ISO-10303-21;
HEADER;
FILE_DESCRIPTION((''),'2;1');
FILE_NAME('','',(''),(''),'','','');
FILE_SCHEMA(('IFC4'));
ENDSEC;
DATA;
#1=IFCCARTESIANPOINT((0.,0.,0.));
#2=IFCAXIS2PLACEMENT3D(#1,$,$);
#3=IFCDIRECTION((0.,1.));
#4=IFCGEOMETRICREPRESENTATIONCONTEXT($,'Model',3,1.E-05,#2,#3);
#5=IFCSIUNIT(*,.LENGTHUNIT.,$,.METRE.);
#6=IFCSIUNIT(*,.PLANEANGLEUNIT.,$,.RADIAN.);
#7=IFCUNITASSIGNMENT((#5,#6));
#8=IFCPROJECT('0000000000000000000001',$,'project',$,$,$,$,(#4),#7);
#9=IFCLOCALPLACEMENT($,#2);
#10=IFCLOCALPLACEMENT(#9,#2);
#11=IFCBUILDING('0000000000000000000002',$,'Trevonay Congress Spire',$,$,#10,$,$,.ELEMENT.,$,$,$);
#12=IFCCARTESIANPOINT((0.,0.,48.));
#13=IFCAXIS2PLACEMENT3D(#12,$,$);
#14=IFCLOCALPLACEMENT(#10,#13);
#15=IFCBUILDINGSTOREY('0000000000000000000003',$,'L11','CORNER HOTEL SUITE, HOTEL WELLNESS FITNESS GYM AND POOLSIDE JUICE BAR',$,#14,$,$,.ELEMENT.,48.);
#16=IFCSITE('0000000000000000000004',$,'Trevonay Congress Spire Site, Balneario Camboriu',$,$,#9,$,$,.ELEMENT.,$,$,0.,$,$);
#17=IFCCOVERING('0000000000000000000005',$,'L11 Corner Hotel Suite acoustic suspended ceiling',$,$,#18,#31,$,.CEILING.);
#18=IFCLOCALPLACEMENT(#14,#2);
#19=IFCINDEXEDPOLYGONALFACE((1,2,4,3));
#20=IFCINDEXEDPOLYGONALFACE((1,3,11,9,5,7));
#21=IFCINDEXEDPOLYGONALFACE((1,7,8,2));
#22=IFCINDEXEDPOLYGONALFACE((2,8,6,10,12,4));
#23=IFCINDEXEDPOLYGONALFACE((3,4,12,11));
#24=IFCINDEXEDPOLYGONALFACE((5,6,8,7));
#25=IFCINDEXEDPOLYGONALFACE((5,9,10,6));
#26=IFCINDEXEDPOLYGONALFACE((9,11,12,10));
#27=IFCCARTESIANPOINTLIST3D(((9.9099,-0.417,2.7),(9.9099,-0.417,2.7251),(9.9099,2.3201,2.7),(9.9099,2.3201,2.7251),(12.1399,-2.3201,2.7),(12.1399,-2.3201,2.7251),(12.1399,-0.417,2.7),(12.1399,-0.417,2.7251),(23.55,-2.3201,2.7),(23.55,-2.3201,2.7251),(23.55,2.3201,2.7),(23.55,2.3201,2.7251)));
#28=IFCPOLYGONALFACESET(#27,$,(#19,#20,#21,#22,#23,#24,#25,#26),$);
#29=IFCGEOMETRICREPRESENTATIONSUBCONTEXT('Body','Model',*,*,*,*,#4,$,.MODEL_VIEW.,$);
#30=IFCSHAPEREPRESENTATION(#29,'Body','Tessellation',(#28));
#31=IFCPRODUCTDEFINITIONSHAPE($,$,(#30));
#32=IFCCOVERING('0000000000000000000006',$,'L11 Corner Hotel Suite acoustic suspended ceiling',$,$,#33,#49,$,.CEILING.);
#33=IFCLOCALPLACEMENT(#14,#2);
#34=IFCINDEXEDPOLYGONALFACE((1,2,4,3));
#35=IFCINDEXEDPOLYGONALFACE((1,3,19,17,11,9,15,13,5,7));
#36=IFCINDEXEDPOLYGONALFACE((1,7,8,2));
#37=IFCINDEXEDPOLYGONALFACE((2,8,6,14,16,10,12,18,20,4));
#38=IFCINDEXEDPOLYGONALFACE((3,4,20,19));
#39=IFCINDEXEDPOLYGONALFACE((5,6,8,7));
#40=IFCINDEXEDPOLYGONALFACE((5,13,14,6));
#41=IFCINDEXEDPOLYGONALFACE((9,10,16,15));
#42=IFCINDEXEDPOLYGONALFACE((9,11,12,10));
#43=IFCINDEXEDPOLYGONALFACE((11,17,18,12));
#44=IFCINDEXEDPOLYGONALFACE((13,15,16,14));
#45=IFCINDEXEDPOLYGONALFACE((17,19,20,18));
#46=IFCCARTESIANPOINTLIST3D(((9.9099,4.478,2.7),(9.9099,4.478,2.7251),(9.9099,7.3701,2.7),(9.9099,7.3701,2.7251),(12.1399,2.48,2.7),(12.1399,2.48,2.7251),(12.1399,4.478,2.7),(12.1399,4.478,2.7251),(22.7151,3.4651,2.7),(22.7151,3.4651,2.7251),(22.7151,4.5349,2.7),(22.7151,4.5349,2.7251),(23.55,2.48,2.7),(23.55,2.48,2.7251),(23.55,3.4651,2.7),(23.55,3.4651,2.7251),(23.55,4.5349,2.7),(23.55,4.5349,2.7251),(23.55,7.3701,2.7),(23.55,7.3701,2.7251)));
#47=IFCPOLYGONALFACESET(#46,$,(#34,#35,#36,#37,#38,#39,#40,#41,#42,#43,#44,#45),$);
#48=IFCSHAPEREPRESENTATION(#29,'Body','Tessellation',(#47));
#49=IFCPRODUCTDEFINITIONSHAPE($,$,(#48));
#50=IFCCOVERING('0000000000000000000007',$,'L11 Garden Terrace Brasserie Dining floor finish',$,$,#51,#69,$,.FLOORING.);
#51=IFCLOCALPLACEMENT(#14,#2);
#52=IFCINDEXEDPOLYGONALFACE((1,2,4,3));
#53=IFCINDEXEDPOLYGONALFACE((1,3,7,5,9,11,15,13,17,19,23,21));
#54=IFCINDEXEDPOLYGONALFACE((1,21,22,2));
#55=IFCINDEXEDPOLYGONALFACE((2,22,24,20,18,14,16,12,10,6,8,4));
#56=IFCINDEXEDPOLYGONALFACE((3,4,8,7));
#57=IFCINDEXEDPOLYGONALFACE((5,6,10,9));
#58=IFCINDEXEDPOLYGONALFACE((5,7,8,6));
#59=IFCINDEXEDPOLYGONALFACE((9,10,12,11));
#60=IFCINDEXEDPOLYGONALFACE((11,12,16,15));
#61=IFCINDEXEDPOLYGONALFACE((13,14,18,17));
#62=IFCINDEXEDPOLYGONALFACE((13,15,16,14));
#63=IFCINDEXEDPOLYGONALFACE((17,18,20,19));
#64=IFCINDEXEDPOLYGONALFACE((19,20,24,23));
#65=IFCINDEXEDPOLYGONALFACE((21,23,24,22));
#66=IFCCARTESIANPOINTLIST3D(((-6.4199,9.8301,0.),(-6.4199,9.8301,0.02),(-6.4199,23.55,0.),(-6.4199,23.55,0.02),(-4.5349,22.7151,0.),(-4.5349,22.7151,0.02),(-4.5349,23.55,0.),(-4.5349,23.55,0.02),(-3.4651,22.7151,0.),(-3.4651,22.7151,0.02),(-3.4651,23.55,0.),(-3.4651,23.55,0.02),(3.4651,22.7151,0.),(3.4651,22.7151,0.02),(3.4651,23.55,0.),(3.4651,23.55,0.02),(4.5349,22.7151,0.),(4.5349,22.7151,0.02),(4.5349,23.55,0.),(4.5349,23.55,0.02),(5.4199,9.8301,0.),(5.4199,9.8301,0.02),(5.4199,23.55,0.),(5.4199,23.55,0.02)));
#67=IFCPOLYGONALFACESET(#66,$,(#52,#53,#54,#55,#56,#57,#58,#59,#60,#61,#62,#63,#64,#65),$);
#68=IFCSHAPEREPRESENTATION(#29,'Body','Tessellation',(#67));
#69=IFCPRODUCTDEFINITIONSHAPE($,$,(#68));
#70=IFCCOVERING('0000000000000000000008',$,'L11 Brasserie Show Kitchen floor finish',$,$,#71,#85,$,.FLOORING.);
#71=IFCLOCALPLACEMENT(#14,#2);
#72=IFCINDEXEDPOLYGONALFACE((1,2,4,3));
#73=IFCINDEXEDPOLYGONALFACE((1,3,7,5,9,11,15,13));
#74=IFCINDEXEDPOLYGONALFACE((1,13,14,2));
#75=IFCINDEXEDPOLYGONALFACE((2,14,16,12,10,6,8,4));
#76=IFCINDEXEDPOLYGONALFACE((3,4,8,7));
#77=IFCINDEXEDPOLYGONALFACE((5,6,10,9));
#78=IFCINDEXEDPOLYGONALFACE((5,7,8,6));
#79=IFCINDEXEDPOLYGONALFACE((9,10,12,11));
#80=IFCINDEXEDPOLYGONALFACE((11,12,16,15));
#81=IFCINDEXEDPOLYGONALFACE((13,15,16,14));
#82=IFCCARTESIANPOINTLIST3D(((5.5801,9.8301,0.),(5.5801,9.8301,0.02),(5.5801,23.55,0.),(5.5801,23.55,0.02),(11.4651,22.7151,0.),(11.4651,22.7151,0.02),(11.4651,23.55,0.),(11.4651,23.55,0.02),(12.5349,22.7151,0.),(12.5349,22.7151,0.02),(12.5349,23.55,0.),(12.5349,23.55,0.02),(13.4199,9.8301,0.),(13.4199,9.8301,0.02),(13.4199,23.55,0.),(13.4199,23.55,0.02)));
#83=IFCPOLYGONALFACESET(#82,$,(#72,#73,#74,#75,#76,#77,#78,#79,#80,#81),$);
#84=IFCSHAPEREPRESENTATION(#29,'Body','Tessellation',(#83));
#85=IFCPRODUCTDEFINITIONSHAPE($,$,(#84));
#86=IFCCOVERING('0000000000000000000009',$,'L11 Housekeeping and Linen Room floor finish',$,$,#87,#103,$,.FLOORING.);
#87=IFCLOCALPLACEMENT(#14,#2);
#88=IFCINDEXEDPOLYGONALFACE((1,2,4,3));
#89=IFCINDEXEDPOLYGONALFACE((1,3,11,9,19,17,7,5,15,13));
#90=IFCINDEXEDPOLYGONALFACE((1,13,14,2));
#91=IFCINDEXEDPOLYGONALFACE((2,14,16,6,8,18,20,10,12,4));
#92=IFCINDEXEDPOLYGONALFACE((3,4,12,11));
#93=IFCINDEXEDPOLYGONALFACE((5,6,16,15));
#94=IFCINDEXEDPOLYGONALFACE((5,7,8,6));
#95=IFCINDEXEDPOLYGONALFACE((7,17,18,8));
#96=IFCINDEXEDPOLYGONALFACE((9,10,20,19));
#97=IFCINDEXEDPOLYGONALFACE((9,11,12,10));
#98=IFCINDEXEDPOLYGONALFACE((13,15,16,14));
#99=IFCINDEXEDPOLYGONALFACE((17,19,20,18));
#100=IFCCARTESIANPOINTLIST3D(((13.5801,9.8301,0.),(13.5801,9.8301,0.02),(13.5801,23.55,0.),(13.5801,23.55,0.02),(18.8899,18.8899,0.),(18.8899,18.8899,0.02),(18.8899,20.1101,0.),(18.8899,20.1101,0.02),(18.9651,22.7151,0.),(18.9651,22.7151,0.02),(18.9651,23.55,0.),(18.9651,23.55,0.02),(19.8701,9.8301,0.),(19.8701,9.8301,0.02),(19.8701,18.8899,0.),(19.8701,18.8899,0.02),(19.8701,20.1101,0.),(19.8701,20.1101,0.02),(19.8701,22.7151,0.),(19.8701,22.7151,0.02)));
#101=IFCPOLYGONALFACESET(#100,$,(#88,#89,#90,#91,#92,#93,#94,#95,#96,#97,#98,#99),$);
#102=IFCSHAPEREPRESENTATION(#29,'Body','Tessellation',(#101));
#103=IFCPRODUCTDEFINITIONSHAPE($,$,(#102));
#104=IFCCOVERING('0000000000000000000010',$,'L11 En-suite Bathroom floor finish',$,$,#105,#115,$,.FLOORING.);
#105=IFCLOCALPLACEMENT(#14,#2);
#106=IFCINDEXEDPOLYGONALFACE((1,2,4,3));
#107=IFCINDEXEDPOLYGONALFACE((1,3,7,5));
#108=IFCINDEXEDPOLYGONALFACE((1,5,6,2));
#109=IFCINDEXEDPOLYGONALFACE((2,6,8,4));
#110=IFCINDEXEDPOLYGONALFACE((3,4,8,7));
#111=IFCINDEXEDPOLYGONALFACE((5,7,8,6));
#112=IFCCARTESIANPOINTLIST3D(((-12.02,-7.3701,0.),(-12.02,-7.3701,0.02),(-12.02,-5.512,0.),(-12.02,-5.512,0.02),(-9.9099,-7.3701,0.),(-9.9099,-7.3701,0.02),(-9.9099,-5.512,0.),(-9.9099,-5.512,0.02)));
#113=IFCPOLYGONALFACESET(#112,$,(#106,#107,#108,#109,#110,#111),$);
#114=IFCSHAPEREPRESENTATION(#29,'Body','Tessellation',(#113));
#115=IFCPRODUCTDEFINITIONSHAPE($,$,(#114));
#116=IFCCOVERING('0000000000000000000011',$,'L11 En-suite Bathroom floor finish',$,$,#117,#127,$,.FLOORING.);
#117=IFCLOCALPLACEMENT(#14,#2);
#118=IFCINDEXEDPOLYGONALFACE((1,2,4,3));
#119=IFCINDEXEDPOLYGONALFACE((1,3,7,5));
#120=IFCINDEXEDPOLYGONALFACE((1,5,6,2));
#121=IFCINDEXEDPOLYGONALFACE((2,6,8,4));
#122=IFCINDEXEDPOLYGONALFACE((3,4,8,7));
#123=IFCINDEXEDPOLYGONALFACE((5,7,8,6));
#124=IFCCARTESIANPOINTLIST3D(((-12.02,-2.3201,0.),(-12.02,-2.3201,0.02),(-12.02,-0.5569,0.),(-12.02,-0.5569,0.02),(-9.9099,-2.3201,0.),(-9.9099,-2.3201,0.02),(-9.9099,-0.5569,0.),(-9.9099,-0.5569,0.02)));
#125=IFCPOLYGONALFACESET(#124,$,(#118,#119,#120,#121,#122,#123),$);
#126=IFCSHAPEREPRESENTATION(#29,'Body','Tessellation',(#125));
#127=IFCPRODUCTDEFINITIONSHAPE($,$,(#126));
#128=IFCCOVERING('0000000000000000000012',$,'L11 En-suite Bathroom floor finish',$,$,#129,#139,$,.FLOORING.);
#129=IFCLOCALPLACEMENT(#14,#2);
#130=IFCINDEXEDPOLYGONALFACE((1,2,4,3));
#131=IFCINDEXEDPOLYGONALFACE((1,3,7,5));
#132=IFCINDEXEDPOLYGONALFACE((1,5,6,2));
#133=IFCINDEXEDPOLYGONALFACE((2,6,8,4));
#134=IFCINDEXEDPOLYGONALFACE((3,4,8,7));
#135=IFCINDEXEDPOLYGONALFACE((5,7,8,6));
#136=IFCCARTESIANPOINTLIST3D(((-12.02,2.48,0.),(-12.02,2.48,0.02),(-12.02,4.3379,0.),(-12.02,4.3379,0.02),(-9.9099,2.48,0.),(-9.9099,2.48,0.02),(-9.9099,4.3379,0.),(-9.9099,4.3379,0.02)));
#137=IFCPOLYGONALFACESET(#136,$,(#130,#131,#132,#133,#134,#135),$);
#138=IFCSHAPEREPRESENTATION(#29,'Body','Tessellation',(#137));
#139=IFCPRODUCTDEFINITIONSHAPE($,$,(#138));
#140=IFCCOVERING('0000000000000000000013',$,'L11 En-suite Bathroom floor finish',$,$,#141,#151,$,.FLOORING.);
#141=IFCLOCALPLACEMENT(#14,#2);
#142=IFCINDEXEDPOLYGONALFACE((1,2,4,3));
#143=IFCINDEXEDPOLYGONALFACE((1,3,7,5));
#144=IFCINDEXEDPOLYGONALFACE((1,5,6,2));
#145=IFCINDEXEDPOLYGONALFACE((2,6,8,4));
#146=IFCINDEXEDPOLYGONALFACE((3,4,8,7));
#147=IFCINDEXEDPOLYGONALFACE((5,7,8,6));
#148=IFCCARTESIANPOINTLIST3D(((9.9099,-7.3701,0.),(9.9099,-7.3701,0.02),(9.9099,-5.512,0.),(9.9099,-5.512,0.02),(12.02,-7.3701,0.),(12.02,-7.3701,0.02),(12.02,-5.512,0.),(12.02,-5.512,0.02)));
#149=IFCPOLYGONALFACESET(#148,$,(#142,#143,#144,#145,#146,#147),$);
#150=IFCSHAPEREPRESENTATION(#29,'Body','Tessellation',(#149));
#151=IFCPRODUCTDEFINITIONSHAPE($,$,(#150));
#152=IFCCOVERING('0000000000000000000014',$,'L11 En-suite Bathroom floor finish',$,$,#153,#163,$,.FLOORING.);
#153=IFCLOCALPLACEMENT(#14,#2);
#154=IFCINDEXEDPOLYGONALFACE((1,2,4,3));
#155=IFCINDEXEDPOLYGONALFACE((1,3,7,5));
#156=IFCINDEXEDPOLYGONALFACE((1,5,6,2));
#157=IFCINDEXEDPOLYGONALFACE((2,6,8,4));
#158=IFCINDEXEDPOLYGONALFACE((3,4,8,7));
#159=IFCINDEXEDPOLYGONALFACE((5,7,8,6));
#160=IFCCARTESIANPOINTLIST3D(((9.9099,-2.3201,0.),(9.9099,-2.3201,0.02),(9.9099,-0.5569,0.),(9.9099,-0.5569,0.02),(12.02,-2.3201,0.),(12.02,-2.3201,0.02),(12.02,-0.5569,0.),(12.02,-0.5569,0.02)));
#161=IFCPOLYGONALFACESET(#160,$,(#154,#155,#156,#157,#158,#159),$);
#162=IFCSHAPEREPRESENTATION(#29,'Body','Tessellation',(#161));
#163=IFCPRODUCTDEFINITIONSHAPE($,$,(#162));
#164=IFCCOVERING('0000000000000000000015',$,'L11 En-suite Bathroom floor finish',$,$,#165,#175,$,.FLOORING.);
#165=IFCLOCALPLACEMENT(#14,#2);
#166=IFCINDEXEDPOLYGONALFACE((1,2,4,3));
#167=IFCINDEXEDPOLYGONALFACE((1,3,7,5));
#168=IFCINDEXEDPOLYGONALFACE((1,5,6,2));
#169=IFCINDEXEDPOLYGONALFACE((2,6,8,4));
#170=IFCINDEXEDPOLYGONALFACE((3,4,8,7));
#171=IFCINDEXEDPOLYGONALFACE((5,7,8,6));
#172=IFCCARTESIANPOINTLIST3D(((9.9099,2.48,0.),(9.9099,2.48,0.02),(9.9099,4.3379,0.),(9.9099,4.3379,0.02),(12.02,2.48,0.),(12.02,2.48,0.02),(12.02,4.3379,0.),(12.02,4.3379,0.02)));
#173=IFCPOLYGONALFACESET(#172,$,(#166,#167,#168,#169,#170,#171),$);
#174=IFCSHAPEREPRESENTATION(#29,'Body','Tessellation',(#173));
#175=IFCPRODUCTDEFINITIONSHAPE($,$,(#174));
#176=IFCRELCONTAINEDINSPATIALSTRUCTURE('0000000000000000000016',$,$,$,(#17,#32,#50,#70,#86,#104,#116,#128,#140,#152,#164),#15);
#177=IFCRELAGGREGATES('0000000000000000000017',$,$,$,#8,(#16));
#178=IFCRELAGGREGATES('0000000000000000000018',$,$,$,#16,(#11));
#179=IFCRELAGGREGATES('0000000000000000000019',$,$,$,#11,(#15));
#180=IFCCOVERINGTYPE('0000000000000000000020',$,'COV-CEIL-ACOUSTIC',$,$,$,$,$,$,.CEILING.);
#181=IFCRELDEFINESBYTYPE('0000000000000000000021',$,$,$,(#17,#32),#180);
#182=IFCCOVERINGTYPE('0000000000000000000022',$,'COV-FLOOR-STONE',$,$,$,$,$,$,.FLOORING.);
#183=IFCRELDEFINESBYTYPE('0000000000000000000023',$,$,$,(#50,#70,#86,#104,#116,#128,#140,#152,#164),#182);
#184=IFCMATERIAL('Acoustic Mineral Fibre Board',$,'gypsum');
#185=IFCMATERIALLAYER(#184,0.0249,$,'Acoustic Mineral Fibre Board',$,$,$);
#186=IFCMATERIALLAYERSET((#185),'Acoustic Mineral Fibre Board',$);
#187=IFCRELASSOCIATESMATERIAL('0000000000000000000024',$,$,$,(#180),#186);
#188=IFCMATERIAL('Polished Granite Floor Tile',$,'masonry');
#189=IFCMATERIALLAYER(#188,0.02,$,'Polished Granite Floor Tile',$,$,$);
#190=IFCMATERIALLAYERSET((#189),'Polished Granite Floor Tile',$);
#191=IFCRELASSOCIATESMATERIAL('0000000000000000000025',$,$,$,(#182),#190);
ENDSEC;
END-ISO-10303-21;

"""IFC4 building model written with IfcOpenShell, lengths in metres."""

from ifc_helpers import new_model, si_unit, direction, frame, origin, place, context, subcontext, project, spatial, polyline, outline, extrude, material, layer, layer_set, type_object, element, save


model = new_model("IFC4")

# Units and contexts
model_context = context("Model", 3, precision=1e-05, world=origin(), true_north=direction((0.0, 1.0)))
body_context = subcontext(model_context, "Body", "Model", "MODEL_VIEW")
ifc_project = project(units=[si_unit("LENGTHUNIT", "METRE"), si_unit("PLANEANGLEUNIT", "RADIAN")], contexts=[model_context])

# Site, building, storey
site_placement = place(None, origin())
site = spatial("IfcSite", under=ifc_project, at=site_placement, Name="Trevonay Congress Spire Site, Balneario Camboriu", CompositionType="ELEMENT", RefElevation=0.0)
building_placement = place(site_placement, origin())
building = spatial("IfcBuilding", under=site, at=building_placement, Name="Trevonay Congress Spire", CompositionType="ELEMENT")
storey_placement = place(building_placement, frame((0.0, 0.0, 48.0)))
storey = spatial("IfcBuildingStorey", under=building, at=storey_placement, Name="L11", Description="CORNER HOTEL SUITE, HOTEL WELLNESS FITNESS GYM AND POOLSIDE JUICE BAR", CompositionType="ELEMENT", Elevation=48.0)

# Coverings
ifc_material_1 = material(Name="Acoustic Mineral Fibre Board", Category="gypsum")
ifc_layer_1 = layer(ifc_material_1, 0.0249, Name="Acoustic Mineral Fibre Board")
ifc_layer_set_1 = layer_set([ifc_layer_1], Name="Acoustic Mineral Fibre Board")
covering_type_1 = type_object("IfcCoveringType", Name="COV-CEIL-ACOUSTIC", PredefinedType="CEILING", material=ifc_layer_set_1)
covering_1_placement = place(storey_placement, frame((0.0, 0.0, 2.7)))
element("IfcCovering", 1, at=covering_1_placement, inside=storey, type_object=covering_type_1, Name="L11 Corner Hotel Suite acoustic suspended ceiling", PredefinedType="CEILING", context=body_context, shape_type="SweptSolid", body=[
    extrude(outline(polyline([(9.9099, -0.417), (9.9099, 2.3201), (23.55, 2.3201), (23.55, -2.3201), (12.1399, -2.3201), (12.1399, -0.417), (9.9099, -0.417)])), origin(), (0.0, 0.0, 1.0), 0.0251),
])
covering_2_placement = place(storey_placement, frame((0.0, 0.0, 2.7)))
element("IfcCovering", 2, at=covering_2_placement, inside=storey, type_object=covering_type_1, Name="L11 Corner Hotel Suite acoustic suspended ceiling", PredefinedType="CEILING", context=body_context, shape_type="SweptSolid", body=[
    extrude(outline(polyline([(9.9099, 7.3701), (23.55, 7.3701), (23.55, 4.5349), (22.7151, 4.5349), (22.7151, 3.4651), (23.55, 3.4651), (23.55, 2.48), (12.1399, 2.48), (12.1399, 4.478), (9.9099, 4.478), (9.9099, 7.3701)])), origin(), (0.0, 0.0, 1.0), 0.0251),
])
ifc_material_2 = material(Name="Polished Granite Floor Tile", Category="masonry")
ifc_layer_2 = layer(ifc_material_2, 0.02, Name="Polished Granite Floor Tile")
ifc_layer_set_2 = layer_set([ifc_layer_2], Name="Polished Granite Floor Tile")
covering_type_2 = type_object("IfcCoveringType", Name="COV-FLOOR-STONE", PredefinedType="FLOORING", material=ifc_layer_set_2)
covering_3_placement = place(storey_placement, origin())
element("IfcCovering", 3, at=covering_3_placement, inside=storey, type_object=covering_type_2, Name="L11 Garden Terrace Brasserie Dining floor finish", PredefinedType="FLOORING", context=body_context, shape_type="SweptSolid", body=[
    extrude(outline(polyline([(5.4199, 23.55), (5.4199, 9.8301), (-6.4199, 9.8301), (-6.4199, 23.55), (-4.5349, 23.55), (-4.5349, 22.7151), (-3.4651, 22.7151), (-3.4651, 23.55), (3.4651, 23.55), (3.4651, 22.7151), (4.5349, 22.7151), (4.5349, 23.55), (5.4199, 23.55)])), origin(), (0.0, 0.0, 1.0), 0.02),
])
covering_4_placement = place(storey_placement, origin())
element("IfcCovering", 4, at=covering_4_placement, inside=storey, type_object=covering_type_2, Name="L11 Brasserie Show Kitchen floor finish", PredefinedType="FLOORING", context=body_context, shape_type="SweptSolid", body=[
    extrude(outline(polyline([(13.4199, 23.55), (13.4199, 9.8301), (5.5801, 9.8301), (5.5801, 23.55), (11.4651, 23.55), (11.4651, 22.7151), (12.5349, 22.7151), (12.5349, 23.55), (13.4199, 23.55)])), origin(), (0.0, 0.0, 1.0), 0.02),
])
covering_5_placement = place(storey_placement, origin())
element("IfcCovering", 5, at=covering_5_placement, inside=storey, type_object=covering_type_2, Name="L11 Housekeeping and Linen Room floor finish", PredefinedType="FLOORING", context=body_context, shape_type="SweptSolid", body=[
    extrude(outline(polyline([(19.8701, 9.8301), (13.5801, 9.8301), (13.5801, 23.55), (18.9651, 23.55), (18.9651, 22.7151), (19.8701, 22.7151), (19.8701, 20.1101), (18.8899, 20.1101), (18.8899, 18.8899), (19.8701, 18.8899), (19.8701, 9.8301)])), origin(), (0.0, 0.0, 1.0), 0.02),
])
covering_6_placement = place(storey_placement, origin())
element("IfcCovering", 6, at=covering_6_placement, inside=storey, type_object=covering_type_2, Name="L11 En-suite Bathroom floor finish", PredefinedType="FLOORING", context=body_context, shape_type="SweptSolid", body=[
    extrude(outline(polyline([(-12.02, -7.3701), (-9.9099, -7.3701), (-9.9099, -5.512), (-12.02, -5.512), (-12.02, -7.3701)])), origin(), (0.0, 0.0, 1.0), 0.02),
])
covering_7_placement = place(storey_placement, origin())
element("IfcCovering", 7, at=covering_7_placement, inside=storey, type_object=covering_type_2, Name="L11 En-suite Bathroom floor finish", PredefinedType="FLOORING", context=body_context, shape_type="SweptSolid", body=[
    extrude(outline(polyline([(-12.02, -2.3201), (-9.9099, -2.3201), (-9.9099, -0.5569), (-12.02, -0.5569), (-12.02, -2.3201)])), origin(), (0.0, 0.0, 1.0), 0.02),
])
covering_8_placement = place(storey_placement, origin())
element("IfcCovering", 8, at=covering_8_placement, inside=storey, type_object=covering_type_2, Name="L11 En-suite Bathroom floor finish", PredefinedType="FLOORING", context=body_context, shape_type="SweptSolid", body=[
    extrude(outline(polyline([(-12.02, 2.48), (-9.9099, 2.48), (-9.9099, 4.3379), (-12.02, 4.3379), (-12.02, 2.48)])), origin(), (0.0, 0.0, 1.0), 0.02),
])
covering_9_placement = place(storey_placement, origin())
element("IfcCovering", 9, at=covering_9_placement, inside=storey, type_object=covering_type_2, Name="L11 En-suite Bathroom floor finish", PredefinedType="FLOORING", context=body_context, shape_type="SweptSolid", body=[
    extrude(outline(polyline([(9.9099, -7.3701), (12.02, -7.3701), (12.02, -5.512), (9.9099, -5.512), (9.9099, -7.3701)])), origin(), (0.0, 0.0, 1.0), 0.02),
])
covering_10_placement = place(storey_placement, origin())
element("IfcCovering", 10, at=covering_10_placement, inside=storey, type_object=covering_type_2, Name="L11 En-suite Bathroom floor finish", PredefinedType="FLOORING", context=body_context, shape_type="SweptSolid", body=[
    extrude(outline(polyline([(9.9099, -2.3201), (12.02, -2.3201), (12.02, -0.5569), (9.9099, -0.5569), (9.9099, -2.3201)])), origin(), (0.0, 0.0, 1.0), 0.02),
])
covering_11_placement = place(storey_placement, origin())
element("IfcCovering", 11, at=covering_11_placement, inside=storey, type_object=covering_type_2, Name="L11 En-suite Bathroom floor finish", PredefinedType="FLOORING", context=body_context, shape_type="SweptSolid", body=[
    extrude(outline(polyline([(9.9099, 2.48), (12.02, 2.48), (12.02, 4.3379), (9.9099, 4.3379), (9.9099, 2.48)])), origin(), (0.0, 0.0, 1.0), 0.02),
])

save(model, "model.ifc")
